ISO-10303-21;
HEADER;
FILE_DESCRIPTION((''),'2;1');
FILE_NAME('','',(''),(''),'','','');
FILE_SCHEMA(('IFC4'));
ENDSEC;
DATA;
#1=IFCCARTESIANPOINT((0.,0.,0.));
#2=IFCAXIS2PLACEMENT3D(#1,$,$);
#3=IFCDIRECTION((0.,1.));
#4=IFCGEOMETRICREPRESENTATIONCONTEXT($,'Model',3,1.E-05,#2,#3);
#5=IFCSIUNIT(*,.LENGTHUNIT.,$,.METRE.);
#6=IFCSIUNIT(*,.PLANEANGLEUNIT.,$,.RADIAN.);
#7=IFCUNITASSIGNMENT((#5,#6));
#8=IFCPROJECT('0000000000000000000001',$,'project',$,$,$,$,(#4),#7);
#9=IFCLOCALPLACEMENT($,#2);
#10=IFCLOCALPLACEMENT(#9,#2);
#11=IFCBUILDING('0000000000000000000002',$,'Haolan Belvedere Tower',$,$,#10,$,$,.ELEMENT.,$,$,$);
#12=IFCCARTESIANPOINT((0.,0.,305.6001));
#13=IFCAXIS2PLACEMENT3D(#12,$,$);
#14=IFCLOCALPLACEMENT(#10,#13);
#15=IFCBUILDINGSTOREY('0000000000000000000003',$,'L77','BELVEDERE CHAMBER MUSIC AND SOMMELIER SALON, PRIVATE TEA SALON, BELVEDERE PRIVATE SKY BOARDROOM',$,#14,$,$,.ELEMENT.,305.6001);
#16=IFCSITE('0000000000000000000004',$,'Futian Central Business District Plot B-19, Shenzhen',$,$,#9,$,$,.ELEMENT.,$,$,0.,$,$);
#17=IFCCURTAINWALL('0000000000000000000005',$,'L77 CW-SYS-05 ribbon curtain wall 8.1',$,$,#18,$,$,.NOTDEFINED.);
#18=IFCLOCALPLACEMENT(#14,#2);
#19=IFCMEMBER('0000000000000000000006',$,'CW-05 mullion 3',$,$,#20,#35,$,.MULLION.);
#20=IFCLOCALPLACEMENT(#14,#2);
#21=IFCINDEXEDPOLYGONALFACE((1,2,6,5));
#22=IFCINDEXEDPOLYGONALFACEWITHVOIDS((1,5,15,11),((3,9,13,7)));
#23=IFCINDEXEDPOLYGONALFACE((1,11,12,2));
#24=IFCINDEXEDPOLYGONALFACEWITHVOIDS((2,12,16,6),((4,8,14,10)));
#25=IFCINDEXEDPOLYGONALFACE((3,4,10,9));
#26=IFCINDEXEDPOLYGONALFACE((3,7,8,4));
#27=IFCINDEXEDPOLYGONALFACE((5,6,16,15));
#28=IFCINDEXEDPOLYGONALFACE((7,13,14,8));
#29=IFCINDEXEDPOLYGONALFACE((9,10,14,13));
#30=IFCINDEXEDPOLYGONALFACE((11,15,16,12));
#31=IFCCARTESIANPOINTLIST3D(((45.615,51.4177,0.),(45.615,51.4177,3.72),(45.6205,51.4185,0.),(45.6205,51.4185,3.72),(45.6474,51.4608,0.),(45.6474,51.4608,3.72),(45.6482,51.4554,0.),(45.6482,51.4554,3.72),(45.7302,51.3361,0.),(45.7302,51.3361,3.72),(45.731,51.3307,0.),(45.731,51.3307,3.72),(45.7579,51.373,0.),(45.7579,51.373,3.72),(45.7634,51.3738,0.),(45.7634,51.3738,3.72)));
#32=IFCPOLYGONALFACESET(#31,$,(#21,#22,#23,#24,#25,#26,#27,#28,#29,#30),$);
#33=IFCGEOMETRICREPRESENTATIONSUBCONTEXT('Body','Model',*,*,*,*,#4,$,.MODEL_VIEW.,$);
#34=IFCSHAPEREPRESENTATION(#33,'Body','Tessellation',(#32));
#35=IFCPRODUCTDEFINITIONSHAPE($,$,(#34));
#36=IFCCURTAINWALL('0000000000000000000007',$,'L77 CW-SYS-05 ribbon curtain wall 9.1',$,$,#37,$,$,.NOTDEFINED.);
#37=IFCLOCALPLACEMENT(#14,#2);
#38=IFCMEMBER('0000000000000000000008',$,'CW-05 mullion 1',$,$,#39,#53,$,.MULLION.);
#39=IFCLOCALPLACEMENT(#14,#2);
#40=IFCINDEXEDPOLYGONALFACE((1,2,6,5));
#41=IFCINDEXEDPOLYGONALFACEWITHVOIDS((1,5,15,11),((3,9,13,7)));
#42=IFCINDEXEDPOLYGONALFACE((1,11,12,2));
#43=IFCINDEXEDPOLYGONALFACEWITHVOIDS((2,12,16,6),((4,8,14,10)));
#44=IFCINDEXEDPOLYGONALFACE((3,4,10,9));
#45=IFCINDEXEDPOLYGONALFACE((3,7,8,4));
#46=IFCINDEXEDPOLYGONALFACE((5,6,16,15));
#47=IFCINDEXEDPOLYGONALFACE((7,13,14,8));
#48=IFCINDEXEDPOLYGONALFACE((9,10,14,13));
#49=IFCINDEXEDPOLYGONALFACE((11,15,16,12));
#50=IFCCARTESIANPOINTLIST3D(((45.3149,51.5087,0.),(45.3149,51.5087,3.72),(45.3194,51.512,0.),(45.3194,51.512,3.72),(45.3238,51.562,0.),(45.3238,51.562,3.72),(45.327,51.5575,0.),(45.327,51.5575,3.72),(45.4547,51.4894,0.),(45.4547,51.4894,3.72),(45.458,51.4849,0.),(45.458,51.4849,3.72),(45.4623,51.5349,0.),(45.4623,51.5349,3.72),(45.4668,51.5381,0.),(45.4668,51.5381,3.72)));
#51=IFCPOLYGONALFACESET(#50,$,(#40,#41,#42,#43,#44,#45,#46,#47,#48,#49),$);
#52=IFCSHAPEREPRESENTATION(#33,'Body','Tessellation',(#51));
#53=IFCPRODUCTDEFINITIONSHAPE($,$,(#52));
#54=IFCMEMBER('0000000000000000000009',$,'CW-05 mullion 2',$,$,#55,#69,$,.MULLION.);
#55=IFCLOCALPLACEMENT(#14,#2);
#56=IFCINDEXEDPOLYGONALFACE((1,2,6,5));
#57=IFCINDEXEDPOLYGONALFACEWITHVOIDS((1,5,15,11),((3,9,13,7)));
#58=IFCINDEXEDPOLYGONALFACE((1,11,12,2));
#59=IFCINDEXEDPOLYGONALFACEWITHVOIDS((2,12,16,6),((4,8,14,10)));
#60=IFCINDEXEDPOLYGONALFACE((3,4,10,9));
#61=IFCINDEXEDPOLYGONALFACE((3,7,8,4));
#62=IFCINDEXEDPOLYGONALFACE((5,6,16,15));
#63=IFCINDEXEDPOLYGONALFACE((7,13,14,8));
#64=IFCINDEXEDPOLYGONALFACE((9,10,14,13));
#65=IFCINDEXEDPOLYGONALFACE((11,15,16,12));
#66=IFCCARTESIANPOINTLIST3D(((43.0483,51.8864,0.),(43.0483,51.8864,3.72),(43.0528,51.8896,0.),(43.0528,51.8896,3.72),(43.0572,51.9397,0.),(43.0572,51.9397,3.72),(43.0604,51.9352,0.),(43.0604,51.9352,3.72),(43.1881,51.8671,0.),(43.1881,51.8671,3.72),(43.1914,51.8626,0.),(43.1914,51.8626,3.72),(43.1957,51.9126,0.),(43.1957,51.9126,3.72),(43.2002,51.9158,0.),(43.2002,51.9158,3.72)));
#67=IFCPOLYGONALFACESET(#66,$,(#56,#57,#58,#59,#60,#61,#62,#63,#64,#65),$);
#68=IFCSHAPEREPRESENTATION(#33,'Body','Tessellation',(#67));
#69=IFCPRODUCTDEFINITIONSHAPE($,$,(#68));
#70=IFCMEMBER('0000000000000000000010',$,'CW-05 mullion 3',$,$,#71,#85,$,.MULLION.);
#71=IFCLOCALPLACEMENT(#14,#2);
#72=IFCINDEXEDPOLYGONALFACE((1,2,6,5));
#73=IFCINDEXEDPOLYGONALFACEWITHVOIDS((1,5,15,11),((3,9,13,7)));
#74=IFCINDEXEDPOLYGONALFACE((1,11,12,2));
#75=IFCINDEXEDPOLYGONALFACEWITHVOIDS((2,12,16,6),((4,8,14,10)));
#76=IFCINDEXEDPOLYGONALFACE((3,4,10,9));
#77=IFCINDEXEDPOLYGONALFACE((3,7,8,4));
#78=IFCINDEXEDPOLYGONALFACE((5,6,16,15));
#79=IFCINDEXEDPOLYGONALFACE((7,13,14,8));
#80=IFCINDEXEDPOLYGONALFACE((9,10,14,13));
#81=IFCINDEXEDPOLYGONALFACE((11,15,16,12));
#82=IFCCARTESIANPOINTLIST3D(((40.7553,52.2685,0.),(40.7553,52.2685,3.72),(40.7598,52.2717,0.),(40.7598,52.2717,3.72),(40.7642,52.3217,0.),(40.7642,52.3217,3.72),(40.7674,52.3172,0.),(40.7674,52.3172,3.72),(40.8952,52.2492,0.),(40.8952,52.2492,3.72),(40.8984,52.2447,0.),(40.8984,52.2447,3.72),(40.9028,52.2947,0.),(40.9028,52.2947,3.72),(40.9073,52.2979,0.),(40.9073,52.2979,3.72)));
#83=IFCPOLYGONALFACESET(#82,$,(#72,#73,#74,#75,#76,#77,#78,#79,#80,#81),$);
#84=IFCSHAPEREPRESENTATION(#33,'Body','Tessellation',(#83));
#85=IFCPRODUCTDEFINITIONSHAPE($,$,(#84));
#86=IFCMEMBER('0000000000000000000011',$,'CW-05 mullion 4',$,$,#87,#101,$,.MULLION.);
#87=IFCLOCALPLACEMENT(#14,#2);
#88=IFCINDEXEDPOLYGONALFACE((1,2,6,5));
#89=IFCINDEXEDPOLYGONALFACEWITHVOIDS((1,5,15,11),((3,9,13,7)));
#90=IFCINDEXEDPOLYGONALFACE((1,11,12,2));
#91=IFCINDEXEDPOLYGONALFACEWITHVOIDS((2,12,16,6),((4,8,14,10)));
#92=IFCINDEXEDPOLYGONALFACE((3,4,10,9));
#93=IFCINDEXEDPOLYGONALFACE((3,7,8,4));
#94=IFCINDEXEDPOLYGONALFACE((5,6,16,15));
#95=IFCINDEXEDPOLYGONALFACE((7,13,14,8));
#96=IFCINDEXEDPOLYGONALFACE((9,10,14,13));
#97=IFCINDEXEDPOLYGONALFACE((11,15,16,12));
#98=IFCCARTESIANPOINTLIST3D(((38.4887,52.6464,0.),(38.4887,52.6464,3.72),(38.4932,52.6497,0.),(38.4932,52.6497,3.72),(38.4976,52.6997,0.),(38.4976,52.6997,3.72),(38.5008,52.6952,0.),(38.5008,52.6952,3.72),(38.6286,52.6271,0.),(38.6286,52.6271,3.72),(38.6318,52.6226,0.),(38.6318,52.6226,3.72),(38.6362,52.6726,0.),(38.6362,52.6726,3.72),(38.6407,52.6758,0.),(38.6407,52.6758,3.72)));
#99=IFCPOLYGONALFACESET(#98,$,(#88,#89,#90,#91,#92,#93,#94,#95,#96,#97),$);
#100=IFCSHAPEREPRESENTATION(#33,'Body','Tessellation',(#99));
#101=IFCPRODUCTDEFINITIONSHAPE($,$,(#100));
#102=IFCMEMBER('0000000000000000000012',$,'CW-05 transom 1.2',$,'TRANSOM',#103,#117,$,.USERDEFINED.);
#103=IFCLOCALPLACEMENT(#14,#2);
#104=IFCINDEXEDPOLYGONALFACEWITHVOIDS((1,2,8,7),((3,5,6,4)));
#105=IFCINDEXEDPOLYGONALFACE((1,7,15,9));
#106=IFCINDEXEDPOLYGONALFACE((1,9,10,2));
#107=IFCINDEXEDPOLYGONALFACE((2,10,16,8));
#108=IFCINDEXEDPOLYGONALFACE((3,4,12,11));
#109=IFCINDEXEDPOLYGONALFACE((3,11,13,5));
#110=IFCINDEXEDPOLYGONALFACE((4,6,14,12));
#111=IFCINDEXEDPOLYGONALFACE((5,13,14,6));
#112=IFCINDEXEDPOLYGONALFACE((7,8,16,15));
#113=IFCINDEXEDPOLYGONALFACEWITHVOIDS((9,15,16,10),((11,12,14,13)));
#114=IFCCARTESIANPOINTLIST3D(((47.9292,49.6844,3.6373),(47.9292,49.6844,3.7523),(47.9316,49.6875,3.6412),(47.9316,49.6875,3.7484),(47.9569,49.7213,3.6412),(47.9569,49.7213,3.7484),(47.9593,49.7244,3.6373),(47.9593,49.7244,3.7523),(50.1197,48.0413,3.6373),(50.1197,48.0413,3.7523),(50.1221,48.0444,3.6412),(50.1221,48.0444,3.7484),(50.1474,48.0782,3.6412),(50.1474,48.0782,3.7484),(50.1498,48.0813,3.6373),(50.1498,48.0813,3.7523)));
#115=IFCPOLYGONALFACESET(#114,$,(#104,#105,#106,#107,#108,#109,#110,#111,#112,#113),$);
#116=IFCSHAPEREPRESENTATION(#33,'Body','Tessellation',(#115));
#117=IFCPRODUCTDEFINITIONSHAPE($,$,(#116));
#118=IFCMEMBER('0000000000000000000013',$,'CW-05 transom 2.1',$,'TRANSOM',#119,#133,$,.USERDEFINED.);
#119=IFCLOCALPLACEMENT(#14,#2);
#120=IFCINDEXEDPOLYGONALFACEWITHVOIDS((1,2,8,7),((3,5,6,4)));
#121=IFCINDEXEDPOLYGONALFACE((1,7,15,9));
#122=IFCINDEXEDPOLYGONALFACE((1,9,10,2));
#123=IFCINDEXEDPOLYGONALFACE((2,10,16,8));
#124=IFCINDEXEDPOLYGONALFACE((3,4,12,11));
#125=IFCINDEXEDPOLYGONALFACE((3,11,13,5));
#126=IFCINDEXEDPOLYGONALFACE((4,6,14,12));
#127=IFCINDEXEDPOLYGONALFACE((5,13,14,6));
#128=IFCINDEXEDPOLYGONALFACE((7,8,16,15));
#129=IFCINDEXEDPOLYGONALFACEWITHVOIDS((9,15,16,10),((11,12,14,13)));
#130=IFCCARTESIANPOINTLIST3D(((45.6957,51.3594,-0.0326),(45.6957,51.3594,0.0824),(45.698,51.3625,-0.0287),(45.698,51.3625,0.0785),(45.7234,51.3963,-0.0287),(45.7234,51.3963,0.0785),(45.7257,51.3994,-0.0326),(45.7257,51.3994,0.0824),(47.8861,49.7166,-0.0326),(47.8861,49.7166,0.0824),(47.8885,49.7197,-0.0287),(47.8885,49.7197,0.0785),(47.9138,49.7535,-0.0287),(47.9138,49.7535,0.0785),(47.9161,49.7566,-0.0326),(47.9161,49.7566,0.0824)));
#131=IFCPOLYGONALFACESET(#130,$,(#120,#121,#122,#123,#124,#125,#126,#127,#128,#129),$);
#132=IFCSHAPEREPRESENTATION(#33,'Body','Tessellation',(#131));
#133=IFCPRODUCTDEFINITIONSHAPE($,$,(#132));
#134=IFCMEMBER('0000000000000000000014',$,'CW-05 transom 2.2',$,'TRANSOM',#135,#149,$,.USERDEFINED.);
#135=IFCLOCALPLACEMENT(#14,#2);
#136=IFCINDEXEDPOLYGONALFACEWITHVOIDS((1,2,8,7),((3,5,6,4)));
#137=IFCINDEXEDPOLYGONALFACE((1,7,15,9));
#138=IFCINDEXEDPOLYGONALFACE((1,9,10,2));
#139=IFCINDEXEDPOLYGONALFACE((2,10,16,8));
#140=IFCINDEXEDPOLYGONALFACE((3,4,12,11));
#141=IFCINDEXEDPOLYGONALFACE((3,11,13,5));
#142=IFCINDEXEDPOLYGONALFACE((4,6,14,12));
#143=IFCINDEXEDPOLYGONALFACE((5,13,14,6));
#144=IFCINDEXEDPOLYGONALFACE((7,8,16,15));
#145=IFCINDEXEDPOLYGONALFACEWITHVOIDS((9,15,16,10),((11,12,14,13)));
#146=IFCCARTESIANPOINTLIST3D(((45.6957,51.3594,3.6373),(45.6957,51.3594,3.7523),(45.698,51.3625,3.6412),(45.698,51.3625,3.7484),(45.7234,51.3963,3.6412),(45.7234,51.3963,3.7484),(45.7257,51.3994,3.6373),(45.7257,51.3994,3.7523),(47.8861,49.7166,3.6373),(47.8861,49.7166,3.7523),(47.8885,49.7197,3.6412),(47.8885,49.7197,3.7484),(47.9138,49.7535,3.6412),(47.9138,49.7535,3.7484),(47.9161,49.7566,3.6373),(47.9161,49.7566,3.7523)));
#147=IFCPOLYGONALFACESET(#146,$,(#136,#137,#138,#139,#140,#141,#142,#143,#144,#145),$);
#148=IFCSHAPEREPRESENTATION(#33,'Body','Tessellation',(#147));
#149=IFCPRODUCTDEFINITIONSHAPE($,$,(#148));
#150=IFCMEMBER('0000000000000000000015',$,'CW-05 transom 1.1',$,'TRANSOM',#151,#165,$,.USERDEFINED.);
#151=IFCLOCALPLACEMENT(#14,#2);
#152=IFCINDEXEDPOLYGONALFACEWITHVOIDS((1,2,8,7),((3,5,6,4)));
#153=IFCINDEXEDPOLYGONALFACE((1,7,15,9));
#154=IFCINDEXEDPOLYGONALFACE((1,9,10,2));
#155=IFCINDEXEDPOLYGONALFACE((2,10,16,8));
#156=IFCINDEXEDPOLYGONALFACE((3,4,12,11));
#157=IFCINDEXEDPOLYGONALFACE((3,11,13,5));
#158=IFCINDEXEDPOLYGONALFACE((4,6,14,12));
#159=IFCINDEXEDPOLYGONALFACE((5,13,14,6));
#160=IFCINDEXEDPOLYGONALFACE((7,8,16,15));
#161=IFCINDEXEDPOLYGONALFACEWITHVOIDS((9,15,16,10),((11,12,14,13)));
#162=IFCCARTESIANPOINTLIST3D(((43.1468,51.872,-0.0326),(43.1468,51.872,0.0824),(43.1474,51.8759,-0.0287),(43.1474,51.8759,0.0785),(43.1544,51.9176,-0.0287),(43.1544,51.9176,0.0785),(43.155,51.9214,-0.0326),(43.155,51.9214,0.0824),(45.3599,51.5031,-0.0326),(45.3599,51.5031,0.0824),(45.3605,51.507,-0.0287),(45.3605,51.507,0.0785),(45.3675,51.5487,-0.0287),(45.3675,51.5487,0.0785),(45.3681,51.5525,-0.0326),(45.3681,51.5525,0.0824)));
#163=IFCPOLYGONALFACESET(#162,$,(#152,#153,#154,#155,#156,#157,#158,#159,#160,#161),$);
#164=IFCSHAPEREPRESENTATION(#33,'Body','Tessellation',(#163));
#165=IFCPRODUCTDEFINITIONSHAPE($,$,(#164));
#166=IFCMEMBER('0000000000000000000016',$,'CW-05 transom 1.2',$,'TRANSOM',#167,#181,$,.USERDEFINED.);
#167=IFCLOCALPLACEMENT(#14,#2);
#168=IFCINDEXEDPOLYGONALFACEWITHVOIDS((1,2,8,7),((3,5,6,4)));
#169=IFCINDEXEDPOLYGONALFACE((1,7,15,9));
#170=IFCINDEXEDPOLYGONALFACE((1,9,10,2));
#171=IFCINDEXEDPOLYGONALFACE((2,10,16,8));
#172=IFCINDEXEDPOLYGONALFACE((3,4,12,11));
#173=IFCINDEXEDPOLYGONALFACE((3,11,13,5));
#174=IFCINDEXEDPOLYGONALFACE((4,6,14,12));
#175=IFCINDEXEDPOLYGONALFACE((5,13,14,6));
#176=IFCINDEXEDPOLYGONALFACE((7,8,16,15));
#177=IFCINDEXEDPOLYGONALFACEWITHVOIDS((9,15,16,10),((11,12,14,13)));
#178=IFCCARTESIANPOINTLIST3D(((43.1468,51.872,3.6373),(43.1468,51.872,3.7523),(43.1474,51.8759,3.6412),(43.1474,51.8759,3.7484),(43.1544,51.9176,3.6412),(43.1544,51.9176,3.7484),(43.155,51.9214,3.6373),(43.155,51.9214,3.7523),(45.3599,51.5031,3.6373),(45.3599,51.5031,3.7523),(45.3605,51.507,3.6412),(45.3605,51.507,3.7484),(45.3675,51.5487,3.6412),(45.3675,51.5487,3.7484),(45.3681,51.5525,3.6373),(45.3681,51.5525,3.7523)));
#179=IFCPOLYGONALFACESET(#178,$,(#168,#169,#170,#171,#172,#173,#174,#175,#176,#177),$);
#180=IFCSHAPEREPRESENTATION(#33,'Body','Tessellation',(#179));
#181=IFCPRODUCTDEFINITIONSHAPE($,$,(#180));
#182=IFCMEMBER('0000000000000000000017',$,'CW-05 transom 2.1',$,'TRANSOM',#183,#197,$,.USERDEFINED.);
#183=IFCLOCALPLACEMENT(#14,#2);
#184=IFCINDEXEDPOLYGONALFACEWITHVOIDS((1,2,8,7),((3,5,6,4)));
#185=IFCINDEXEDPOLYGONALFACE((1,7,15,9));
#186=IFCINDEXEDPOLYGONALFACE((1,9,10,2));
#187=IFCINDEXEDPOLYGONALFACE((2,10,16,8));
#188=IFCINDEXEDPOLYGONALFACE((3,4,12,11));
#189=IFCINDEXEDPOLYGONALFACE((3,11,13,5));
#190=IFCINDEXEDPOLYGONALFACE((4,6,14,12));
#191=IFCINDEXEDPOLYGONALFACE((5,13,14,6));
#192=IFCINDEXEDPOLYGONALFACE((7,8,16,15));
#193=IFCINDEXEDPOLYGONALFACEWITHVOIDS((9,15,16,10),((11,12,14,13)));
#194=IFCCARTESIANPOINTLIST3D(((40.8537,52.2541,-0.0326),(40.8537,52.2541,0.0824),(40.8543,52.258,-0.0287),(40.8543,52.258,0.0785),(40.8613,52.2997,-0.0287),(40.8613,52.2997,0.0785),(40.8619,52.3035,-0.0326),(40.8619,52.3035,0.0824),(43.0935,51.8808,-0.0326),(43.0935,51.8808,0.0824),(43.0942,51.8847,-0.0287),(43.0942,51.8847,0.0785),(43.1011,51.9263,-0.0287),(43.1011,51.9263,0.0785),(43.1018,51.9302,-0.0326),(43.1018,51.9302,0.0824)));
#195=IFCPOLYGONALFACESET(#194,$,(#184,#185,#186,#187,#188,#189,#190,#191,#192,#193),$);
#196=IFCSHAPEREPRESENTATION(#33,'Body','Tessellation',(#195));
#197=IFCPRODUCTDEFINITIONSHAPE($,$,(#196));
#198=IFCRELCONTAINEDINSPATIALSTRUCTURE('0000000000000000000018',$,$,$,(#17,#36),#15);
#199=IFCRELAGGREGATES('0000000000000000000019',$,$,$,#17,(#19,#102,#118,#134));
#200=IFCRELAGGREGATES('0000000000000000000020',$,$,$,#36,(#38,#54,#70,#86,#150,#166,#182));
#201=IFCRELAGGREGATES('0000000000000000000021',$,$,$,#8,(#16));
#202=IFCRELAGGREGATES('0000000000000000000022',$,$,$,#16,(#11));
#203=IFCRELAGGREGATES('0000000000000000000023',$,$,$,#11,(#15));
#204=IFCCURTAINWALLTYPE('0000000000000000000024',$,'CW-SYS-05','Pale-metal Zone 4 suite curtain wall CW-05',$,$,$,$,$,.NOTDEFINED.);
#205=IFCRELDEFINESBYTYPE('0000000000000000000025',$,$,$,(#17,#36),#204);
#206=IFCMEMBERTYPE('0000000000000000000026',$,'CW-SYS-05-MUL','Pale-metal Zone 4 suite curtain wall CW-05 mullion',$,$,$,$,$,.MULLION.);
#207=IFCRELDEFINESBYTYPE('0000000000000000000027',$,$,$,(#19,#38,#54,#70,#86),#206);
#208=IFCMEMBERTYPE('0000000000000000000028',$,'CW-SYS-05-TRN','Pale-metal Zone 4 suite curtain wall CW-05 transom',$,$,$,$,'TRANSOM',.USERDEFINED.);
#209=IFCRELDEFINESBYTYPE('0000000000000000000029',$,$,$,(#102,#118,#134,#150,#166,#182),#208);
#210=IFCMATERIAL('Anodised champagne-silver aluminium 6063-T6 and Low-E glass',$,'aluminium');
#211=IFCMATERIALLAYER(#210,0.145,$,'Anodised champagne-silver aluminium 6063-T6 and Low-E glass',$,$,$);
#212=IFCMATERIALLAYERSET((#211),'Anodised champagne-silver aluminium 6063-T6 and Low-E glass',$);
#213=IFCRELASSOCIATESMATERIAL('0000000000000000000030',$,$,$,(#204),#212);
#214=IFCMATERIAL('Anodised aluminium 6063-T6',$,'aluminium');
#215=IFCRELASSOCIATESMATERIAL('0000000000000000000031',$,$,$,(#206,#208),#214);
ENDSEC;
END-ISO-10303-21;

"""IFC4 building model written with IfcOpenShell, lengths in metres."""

from ifc_helpers import new_model, si_unit, direction, frame, origin, origin_2d, place, context, subcontext, project, spatial, hollow_rectangle, extrude, material, layer, layer_set, material_profile, profile_set, type_object, element, aggregate, save


model = new_model("IFC4")

# Units and contexts
model_context = context("Model", 3, precision=1e-05, world=origin(), true_north=direction((0.0, 1.0)))
body_context = subcontext(model_context, "Body", "Model", "MODEL_VIEW")
ifc_project = project(units=[si_unit("LENGTHUNIT", "METRE"), si_unit("PLANEANGLEUNIT", "RADIAN")], contexts=[model_context])

# Site, building, storey
site_placement = place(None, origin())
site = spatial("IfcSite", under=ifc_project, at=site_placement, Name="Futian Central Business District Plot B-19, Shenzhen", CompositionType="ELEMENT", RefElevation=0.0)
building_placement = place(site_placement, origin())
building = spatial("IfcBuilding", under=site, at=building_placement, Name="Haolan Belvedere Tower", CompositionType="ELEMENT")
storey_placement = place(building_placement, frame((0.0, 0.0, 305.6001)))
storey = spatial("IfcBuildingStorey", under=building, at=storey_placement, Name="L77", Description="BELVEDERE CHAMBER MUSIC AND SOMMELIER SALON, PRIVATE TEA SALON, BELVEDERE PRIVATE SKY BOARDROOM", CompositionType="ELEMENT", Elevation=305.6001)

# Curtain walls, members
ifc_material_1 = material(Name="Anodised champagne-silver aluminium 6063-T6 and Low-E glass", Category="aluminium")
ifc_layer_1 = layer(ifc_material_1, 0.145, Name="Anodised champagne-silver aluminium 6063-T6 and Low-E glass")
ifc_layer_set_1 = layer_set([ifc_layer_1], Name="Anodised champagne-silver aluminium 6063-T6 and Low-E glass")
curtain_wall_type = type_object("IfcCurtainWallType", Name="CW-SYS-05", Description="Pale-metal Zone 4 suite curtain wall CW-05", PredefinedType="NOTDEFINED", material=ifc_layer_set_1)
curtain_wall_1_placement = place(storey_placement, origin())
curtain_wall_1 = element("IfcCurtainWall", 1, at=curtain_wall_1_placement, inside=storey, type_object=curtain_wall_type, Name="L77 CW-SYS-05 ribbon curtain wall 8.1", PredefinedType="NOTDEFINED")
ifc_material_2 = material(Name="Anodised aluminium 6063-T6", Category="aluminium")
ifc_material_profile_1 = material_profile(ifc_material_2, hollow_rectangle(XDim=0.054, YDim=0.145, WallThickness=0.0039, at=origin_2d()), Name="Anodised aluminium 6063-T6")
ifc_profile_set_1 = profile_set([ifc_material_profile_1], Name="Anodised aluminium 6063-T6")
member_type_1 = type_object("IfcMemberType", Name="CW-SYS-05-MUL", Description="Pale-metal Zone 4 suite curtain wall CW-05 mullion", PredefinedType="MULLION", material=ifc_profile_set_1)
member_1_placement = place(storey_placement, frame((45.6892, 51.3958, 0.0), z_axis=(0.0, 0.0, 1.0), x_axis=(-0.600003, -0.799998, 0.0)))
member_1 = element("IfcMember", 2, at=member_1_placement, type_object=member_type_1, Name="CW-05 mullion 3", PredefinedType="MULLION", context=body_context, shape_type="SweptSolid", body=[
    extrude(hollow_rectangle(XDim=0.054, YDim=0.145, WallThickness=0.0039, at=origin_2d()), origin(), (0.0, 0.0, 1.0), 3.72),
])
curtain_wall_2_placement = place(storey_placement, origin())
curtain_wall_2 = element("IfcCurtainWall", 3, at=curtain_wall_2_placement, inside=storey, type_object=curtain_wall_type, Name="L77 CW-SYS-05 ribbon curtain wall 9.1", PredefinedType="NOTDEFINED")
member_2_placement = place(storey_placement, frame((45.3909, 51.5234, 0.0), z_axis=(0.0, 0.0, 1.0), x_axis=(-0.164406, -0.986393, 0.0)))
member_2 = element("IfcMember", 4, at=member_2_placement, type_object=member_type_1, Name="CW-05 mullion 1", PredefinedType="MULLION", context=body_context, shape_type="SweptSolid", body=[
    extrude(hollow_rectangle(XDim=0.054, YDim=0.145, WallThickness=0.0039, at=origin_2d()), origin(), (0.0, 0.0, 1.0), 3.72),
])
member_3_placement = place(storey_placement, frame((43.1243, 51.9011, 0.0), z_axis=(0.0, 0.0, 1.0), x_axis=(-0.164406, -0.986393, 0.0)))
member_3 = element("IfcMember", 5, at=member_3_placement, type_object=member_type_1, Name="CW-05 mullion 2", PredefinedType="MULLION", context=body_context, shape_type="SweptSolid", body=[
    extrude(hollow_rectangle(XDim=0.054, YDim=0.145, WallThickness=0.0039, at=origin_2d()), origin(), (0.0, 0.0, 1.0), 3.72),
])
member_4_placement = place(storey_placement, frame((40.8313, 52.2832, 0.0), z_axis=(0.0, 0.0, 1.0), x_axis=(-0.164406, -0.986393, 0.0)))
member_4 = element("IfcMember", 6, at=member_4_placement, type_object=member_type_1, Name="CW-05 mullion 3", PredefinedType="MULLION", context=body_context, shape_type="SweptSolid", body=[
    extrude(hollow_rectangle(XDim=0.054, YDim=0.145, WallThickness=0.0039, at=origin_2d()), origin(), (0.0, 0.0, 1.0), 3.72),
])
member_5_placement = place(storey_placement, frame((38.5647, 52.6611, 0.0), z_axis=(0.0, 0.0, 1.0), x_axis=(-0.164406, -0.986393, 0.0)))
member_5 = element("IfcMember", 7, at=member_5_placement, type_object=member_type_1, Name="CW-05 mullion 4", PredefinedType="MULLION", context=body_context, shape_type="SweptSolid", body=[
    extrude(hollow_rectangle(XDim=0.054, YDim=0.145, WallThickness=0.0039, at=origin_2d()), origin(), (0.0, 0.0, 1.0), 3.72),
])

# Members
ifc_material_profile_2 = material_profile(ifc_material_2, hollow_rectangle(XDim=0.05, YDim=0.115, WallThickness=0.0039, at=origin_2d()), Name="Anodised aluminium 6063-T6")
ifc_profile_set_2 = profile_set([ifc_material_profile_2], Name="Anodised aluminium 6063-T6")
member_type_2 = type_object("IfcMemberType", Name="CW-SYS-05-TRN", Description="Pale-metal Zone 4 suite curtain wall CW-05 transom", ElementType="TRANSOM", PredefinedType="USERDEFINED", material=ifc_profile_set_2)
member_6_placement = place(storey_placement, frame((50.1348, 48.0613, 3.6948), z_axis=(-0.799957, 0.600057, 0.0), x_axis=(-0.600057, -0.799957, 0.0)))
member_6 = element("IfcMember", 8, at=member_6_placement, type_object=member_type_2, Name="CW-05 transom 1.2", ObjectType="TRANSOM", PredefinedType="USERDEFINED", context=body_context, shape_type="SweptSolid", body=[
    extrude(hollow_rectangle(XDim=0.05, YDim=0.115, WallThickness=0.0039, at=origin_2d()), origin(), (0.0, 0.0, 1.0), 2.7383),
])
member_7_placement = place(storey_placement, frame((47.9011, 49.7366, 0.0249), z_axis=(-0.8, 0.6, 0.0), x_axis=(-0.6, -0.8, 0.0)))
member_7 = element("IfcMember", 9, at=member_7_placement, type_object=member_type_2, Name="CW-05 transom 2.1", ObjectType="TRANSOM", PredefinedType="USERDEFINED", context=body_context, shape_type="SweptSolid", body=[
    extrude(hollow_rectangle(XDim=0.05, YDim=0.115, WallThickness=0.0039, at=origin_2d()), origin(), (0.0, 0.0, 1.0), 2.738),
])
member_8_placement = place(storey_placement, frame((47.9011, 49.7366, 3.6948), z_axis=(-0.8, 0.6, 0.0), x_axis=(-0.6, -0.8, 0.0)))
member_8 = element("IfcMember", 10, at=member_8_placement, type_object=member_type_2, Name="CW-05 transom 2.2", ObjectType="TRANSOM", PredefinedType="USERDEFINED", context=body_context, shape_type="SweptSolid", body=[
    extrude(hollow_rectangle(XDim=0.05, YDim=0.115, WallThickness=0.0039, at=origin_2d()), origin(), (0.0, 0.0, 1.0), 2.738),
])
member_9_placement = place(storey_placement, frame((45.364, 51.5278, 0.0249), z_axis=(-0.986391, 0.164417, 0.0), x_axis=(-0.164417, -0.986391, 0.0)))
member_9 = element("IfcMember", 11, at=member_9_placement, type_object=member_type_2, Name="CW-05 transom 1.1", ObjectType="TRANSOM", PredefinedType="USERDEFINED", context=body_context, shape_type="SweptSolid", body=[
    extrude(hollow_rectangle(XDim=0.05, YDim=0.115, WallThickness=0.0039, at=origin_2d()), origin(), (0.0, 0.0, 1.0), 2.2437),
])
member_10_placement = place(storey_placement, frame((45.364, 51.5278, 3.6948), z_axis=(-0.986391, 0.164417, 0.0), x_axis=(-0.164417, -0.986391, 0.0)))
member_10 = element("IfcMember", 12, at=member_10_placement, type_object=member_type_2, Name="CW-05 transom 1.2", ObjectType="TRANSOM", PredefinedType="USERDEFINED", context=body_context, shape_type="SweptSolid", body=[
    extrude(hollow_rectangle(XDim=0.05, YDim=0.115, WallThickness=0.0039, at=origin_2d()), origin(), (0.0, 0.0, 1.0), 2.2437),
])
member_11_placement = place(storey_placement, frame((43.0977, 51.9055, 0.0249), z_axis=(-0.986394, 0.164399, 0.0), x_axis=(-0.164399, -0.986394, 0.0)))
member_11 = element("IfcMember", 13, at=member_11_placement, type_object=member_type_2, Name="CW-05 transom 2.1", ObjectType="TRANSOM", PredefinedType="USERDEFINED", context=body_context, shape_type="SweptSolid", body=[
    extrude(hollow_rectangle(XDim=0.05, YDim=0.115, WallThickness=0.0039, at=origin_2d()), origin(), (0.0, 0.0, 1.0), 2.2708),
])

aggregate(curtain_wall_1, [member_1, member_6, member_7, member_8])
aggregate(curtain_wall_2, [member_2, member_3, member_4, member_5, member_9, member_10, member_11])

save(model, "model.ifc")
